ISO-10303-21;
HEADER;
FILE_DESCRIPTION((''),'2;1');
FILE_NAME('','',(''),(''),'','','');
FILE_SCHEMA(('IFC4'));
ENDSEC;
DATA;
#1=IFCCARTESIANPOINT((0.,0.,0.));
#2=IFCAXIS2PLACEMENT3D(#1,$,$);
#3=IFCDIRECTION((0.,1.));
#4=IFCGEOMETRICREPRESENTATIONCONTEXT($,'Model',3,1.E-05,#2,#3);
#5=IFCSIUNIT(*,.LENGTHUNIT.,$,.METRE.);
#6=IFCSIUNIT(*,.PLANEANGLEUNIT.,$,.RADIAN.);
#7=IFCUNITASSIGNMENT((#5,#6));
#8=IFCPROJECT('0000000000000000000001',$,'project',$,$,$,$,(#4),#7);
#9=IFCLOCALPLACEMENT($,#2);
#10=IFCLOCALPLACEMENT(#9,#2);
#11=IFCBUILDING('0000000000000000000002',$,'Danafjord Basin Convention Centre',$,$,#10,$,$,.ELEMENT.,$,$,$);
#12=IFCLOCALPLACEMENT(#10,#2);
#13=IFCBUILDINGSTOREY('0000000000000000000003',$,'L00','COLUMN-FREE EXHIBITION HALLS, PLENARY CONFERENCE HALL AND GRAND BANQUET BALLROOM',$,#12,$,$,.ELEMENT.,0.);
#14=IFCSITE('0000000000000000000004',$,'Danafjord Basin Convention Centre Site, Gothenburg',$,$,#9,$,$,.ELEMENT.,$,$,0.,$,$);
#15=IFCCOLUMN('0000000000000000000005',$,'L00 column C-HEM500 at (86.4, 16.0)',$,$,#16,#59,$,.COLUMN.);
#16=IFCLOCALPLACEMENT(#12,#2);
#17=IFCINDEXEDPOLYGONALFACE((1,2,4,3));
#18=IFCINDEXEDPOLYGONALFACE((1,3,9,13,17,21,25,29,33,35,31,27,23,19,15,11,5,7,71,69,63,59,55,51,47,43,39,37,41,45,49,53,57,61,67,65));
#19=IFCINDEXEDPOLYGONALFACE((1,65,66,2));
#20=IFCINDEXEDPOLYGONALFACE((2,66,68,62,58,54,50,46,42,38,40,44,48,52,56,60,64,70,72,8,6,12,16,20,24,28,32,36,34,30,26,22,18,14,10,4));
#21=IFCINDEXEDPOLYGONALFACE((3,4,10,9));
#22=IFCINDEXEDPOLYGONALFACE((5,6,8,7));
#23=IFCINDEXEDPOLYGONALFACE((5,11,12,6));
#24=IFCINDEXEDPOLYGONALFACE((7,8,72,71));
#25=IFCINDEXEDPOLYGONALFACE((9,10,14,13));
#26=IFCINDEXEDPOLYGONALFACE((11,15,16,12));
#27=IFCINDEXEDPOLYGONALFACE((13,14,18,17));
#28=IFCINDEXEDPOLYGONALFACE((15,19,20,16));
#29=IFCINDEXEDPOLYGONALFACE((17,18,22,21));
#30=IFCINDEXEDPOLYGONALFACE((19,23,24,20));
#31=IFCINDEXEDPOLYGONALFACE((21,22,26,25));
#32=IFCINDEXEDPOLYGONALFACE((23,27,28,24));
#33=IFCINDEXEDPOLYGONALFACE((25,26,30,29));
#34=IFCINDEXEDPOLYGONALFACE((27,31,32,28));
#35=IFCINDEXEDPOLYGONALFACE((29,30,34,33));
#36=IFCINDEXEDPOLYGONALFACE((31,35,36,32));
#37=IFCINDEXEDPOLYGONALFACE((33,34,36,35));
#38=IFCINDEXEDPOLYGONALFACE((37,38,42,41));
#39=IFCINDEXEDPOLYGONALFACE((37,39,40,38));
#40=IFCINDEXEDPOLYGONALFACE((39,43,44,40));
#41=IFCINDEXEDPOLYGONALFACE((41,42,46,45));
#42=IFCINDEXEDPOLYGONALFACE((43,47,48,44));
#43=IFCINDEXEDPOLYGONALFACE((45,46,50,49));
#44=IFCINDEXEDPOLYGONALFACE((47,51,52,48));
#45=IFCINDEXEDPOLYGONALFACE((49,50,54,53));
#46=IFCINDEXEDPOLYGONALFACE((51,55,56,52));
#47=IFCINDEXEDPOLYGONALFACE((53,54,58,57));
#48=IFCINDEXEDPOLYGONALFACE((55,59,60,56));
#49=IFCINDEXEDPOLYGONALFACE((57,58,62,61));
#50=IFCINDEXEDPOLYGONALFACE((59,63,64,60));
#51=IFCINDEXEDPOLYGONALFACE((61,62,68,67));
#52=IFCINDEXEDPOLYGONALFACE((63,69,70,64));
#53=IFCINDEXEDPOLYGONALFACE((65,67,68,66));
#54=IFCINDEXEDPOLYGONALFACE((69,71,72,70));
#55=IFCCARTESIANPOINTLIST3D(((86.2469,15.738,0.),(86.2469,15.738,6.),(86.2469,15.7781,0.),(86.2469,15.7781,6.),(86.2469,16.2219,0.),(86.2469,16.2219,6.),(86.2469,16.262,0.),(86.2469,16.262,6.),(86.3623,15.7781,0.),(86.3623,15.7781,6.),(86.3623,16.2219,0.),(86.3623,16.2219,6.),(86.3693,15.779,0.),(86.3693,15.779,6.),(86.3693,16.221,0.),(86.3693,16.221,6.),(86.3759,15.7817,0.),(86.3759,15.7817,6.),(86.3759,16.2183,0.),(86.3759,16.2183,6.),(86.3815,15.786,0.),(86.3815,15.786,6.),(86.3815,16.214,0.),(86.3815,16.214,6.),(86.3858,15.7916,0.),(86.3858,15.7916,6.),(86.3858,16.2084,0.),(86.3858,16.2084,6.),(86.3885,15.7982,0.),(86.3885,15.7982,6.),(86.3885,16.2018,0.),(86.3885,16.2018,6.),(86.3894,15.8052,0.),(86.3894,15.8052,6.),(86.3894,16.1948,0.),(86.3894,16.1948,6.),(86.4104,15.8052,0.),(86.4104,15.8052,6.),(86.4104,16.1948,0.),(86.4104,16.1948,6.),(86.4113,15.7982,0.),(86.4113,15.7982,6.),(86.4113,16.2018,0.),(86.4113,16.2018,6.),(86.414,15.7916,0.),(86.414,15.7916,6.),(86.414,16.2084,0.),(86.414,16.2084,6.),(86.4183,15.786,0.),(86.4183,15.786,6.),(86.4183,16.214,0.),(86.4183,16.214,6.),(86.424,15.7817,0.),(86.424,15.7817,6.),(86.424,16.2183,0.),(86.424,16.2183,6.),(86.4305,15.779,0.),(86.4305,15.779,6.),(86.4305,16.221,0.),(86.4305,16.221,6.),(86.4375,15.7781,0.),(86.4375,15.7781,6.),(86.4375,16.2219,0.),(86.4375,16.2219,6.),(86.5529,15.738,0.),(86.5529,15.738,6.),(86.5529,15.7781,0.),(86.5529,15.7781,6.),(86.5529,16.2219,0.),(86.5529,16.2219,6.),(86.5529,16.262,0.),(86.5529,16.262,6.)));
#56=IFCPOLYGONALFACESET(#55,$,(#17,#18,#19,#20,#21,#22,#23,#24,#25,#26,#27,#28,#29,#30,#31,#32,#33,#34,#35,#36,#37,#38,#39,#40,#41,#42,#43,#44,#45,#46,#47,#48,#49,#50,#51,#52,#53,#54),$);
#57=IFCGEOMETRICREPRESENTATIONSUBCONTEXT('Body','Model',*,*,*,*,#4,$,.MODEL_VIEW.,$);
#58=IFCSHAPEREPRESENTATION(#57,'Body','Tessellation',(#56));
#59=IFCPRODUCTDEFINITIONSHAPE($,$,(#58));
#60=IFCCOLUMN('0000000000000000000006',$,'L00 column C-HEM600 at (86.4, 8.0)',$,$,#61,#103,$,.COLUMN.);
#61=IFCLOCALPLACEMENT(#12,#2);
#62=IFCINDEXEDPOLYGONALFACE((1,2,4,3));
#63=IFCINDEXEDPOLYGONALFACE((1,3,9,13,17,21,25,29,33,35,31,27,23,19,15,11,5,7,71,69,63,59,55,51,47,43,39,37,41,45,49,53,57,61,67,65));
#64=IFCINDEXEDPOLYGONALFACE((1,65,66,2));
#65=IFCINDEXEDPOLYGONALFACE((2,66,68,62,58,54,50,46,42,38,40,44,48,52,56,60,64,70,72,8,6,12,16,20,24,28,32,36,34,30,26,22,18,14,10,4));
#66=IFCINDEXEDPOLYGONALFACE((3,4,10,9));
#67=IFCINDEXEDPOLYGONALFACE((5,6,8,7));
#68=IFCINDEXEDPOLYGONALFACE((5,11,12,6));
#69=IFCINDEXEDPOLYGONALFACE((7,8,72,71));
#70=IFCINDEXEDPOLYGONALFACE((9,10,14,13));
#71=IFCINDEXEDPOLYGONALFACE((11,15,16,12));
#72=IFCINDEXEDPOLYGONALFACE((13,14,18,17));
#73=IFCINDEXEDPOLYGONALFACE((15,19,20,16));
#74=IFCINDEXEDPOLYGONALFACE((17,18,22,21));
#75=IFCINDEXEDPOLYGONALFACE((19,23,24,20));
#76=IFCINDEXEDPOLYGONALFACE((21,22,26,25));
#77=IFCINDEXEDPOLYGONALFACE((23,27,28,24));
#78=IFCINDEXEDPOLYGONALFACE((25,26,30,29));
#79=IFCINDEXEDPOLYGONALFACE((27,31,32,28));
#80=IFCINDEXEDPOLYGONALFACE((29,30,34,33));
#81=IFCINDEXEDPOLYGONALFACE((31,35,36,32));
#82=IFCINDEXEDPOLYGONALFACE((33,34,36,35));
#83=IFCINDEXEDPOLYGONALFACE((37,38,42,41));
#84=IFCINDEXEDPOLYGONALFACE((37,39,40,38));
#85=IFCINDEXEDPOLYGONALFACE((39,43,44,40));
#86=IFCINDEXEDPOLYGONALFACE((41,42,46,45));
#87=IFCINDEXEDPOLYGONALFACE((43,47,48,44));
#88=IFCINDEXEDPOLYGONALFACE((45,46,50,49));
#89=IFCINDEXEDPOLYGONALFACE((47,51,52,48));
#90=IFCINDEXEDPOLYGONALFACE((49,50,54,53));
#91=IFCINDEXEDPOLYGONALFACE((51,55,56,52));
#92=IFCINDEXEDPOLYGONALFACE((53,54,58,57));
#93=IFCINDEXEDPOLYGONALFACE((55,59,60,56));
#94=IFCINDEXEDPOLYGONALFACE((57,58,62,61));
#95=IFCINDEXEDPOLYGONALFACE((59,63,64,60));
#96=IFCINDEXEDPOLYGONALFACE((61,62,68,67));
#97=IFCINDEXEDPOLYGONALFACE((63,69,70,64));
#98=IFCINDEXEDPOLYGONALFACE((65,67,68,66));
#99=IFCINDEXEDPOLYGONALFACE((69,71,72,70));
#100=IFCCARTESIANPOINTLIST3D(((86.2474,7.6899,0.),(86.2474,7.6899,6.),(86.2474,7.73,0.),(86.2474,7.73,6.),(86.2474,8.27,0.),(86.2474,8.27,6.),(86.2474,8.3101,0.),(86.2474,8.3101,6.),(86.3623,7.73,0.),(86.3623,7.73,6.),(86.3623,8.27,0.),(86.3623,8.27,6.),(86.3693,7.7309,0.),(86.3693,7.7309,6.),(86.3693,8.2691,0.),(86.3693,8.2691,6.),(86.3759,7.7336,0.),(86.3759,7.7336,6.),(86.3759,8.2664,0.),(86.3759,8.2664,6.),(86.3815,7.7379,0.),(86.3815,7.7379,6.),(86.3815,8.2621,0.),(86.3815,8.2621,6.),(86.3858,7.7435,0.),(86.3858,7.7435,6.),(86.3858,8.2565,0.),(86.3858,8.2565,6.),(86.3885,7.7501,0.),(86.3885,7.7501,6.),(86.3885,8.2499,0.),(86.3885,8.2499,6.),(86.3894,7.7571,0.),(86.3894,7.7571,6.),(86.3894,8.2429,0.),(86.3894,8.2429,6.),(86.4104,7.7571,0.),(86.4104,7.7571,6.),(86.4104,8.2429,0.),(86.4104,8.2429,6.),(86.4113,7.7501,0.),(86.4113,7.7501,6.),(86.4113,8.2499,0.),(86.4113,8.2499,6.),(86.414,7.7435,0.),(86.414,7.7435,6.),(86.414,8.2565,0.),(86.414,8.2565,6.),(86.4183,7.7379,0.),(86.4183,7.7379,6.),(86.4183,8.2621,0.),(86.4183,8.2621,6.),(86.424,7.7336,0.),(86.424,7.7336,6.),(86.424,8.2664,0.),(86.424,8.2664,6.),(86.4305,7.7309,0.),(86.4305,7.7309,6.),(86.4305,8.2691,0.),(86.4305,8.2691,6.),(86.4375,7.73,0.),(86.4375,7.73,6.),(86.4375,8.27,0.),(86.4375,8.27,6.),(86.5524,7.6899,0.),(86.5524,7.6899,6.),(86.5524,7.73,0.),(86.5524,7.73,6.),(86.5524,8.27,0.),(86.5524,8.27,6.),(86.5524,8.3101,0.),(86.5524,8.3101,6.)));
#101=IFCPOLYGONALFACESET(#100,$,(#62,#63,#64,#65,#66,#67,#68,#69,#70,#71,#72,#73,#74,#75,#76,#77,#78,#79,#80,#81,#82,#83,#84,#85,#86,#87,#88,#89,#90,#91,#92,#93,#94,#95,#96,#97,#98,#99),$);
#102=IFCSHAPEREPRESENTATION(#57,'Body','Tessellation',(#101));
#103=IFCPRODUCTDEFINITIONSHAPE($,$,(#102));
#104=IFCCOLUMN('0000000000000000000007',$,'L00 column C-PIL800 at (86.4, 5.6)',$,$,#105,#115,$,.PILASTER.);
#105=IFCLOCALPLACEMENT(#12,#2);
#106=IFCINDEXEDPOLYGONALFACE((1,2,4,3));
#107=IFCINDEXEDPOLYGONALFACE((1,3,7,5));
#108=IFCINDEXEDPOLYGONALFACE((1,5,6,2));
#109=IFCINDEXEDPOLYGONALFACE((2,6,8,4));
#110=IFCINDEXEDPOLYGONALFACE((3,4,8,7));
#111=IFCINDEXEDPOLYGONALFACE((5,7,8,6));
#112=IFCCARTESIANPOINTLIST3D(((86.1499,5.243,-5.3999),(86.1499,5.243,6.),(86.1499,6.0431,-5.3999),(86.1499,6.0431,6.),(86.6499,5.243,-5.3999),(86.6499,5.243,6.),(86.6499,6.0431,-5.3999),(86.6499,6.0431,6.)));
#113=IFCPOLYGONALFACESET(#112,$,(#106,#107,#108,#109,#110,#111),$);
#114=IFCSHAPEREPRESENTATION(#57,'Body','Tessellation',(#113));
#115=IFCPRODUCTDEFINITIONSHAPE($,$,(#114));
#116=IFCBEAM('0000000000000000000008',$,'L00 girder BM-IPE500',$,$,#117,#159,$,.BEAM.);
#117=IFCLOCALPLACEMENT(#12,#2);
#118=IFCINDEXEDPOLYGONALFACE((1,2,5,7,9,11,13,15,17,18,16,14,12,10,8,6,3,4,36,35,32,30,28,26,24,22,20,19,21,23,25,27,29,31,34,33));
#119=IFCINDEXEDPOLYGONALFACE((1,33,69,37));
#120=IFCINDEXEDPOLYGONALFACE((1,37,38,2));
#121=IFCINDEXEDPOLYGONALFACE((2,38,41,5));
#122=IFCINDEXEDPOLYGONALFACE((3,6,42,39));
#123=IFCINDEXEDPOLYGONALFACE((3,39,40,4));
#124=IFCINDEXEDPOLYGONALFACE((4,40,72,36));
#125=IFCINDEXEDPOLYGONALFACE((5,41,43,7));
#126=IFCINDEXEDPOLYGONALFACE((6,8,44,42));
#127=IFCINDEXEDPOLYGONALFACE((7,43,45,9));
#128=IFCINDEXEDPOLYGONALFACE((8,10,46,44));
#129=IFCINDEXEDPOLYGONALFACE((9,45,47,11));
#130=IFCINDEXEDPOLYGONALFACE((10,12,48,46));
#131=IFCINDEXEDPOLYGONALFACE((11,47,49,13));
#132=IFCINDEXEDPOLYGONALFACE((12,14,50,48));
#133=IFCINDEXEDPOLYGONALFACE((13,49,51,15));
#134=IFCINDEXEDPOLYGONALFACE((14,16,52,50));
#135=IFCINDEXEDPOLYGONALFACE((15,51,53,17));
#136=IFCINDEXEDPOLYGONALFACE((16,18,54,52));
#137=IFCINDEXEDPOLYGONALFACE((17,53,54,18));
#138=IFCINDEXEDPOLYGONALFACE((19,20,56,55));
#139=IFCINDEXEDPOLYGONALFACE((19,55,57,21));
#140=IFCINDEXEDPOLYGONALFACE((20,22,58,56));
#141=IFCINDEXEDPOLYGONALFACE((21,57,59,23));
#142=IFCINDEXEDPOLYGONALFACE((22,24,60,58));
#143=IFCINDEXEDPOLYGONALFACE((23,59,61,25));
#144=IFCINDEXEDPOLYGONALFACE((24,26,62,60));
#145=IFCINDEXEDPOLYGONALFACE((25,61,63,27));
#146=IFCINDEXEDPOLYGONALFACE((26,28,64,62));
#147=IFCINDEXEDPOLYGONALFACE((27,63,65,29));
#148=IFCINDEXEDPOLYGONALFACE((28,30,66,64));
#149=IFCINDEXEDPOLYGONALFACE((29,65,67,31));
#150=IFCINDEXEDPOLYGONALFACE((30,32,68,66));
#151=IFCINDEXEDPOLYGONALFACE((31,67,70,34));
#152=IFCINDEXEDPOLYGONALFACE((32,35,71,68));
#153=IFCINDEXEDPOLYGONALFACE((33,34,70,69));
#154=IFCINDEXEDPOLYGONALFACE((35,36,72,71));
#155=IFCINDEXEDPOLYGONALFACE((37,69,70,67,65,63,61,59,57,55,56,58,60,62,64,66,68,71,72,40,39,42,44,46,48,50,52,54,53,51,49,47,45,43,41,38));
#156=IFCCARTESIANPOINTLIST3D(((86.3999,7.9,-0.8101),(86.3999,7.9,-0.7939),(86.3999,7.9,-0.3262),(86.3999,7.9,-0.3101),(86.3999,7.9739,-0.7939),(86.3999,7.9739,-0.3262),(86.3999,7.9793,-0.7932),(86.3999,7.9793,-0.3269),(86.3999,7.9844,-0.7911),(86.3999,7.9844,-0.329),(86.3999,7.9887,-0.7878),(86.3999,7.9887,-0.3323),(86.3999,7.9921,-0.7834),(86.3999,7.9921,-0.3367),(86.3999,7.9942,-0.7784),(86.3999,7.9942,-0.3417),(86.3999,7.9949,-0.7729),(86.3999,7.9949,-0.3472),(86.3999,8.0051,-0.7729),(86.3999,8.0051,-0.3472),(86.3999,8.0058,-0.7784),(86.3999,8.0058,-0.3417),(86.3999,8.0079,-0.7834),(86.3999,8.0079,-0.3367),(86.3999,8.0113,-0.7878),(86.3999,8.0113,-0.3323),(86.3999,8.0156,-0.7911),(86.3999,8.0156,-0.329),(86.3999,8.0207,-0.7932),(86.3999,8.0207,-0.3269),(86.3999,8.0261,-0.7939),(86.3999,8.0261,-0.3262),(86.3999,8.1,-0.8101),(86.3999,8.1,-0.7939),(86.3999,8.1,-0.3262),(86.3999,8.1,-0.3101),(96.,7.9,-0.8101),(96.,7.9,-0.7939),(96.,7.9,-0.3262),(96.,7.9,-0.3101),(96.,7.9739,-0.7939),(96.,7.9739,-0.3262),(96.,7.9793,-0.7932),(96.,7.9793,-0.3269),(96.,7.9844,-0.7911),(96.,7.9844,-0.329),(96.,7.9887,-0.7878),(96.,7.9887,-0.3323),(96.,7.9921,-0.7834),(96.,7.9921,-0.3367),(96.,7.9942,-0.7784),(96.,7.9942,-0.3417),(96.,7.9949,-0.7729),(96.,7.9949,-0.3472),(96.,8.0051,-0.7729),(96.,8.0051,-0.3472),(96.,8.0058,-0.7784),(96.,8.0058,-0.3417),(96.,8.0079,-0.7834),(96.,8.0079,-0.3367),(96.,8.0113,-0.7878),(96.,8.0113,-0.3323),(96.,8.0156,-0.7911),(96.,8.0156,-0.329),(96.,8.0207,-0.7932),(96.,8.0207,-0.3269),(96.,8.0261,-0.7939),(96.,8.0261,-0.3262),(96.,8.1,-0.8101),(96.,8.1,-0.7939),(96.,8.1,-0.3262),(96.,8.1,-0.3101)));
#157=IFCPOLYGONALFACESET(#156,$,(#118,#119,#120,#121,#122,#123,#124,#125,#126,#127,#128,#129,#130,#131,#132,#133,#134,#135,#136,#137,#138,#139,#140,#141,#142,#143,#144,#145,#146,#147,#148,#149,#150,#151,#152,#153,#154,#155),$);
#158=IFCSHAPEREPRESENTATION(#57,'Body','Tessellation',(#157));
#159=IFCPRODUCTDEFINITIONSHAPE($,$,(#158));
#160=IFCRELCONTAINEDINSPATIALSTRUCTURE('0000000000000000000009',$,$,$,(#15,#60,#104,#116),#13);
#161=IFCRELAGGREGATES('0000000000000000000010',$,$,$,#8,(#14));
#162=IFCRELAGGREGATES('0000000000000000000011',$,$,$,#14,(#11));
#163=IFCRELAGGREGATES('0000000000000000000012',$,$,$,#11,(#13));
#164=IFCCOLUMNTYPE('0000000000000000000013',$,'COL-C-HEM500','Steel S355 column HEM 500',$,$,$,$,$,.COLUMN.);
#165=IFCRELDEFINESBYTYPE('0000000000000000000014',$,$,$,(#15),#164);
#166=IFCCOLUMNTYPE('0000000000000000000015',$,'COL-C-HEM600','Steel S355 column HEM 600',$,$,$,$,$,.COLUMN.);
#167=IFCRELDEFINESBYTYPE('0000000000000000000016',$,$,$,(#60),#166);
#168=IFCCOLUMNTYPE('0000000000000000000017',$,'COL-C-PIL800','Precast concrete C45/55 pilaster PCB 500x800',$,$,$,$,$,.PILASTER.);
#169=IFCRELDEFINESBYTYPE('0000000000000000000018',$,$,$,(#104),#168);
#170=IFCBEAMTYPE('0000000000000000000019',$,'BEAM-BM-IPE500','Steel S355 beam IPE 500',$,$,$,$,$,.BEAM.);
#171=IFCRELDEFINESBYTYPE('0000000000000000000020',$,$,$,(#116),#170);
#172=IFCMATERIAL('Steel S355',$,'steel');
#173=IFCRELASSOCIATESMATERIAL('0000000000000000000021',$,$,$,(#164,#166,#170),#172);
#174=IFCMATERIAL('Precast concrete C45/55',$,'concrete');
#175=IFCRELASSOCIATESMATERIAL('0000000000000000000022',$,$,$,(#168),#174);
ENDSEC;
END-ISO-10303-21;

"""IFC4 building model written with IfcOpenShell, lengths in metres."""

from ifc_helpers import new_model, si_unit, direction, frame, origin, origin_2d, place, context, subcontext, project, spatial, rectangle, i_section, extrude, material, material_profile, profile_set, type_object, element, save


model = new_model("IFC4")

# Units and contexts
model_context = context("Model", 3, precision=1e-05, world=origin(), true_north=direction((0.0, 1.0)))
body_context = subcontext(model_context, "Body", "Model", "MODEL_VIEW")
ifc_project = project(units=[si_unit("LENGTHUNIT", "METRE"), si_unit("PLANEANGLEUNIT", "RADIAN")], contexts=[model_context])

# Site, building, storey
site_placement = place(None, origin())
site = spatial("IfcSite", under=ifc_project, at=site_placement, Name="Danafjord Basin Convention Centre Site, Gothenburg", CompositionType="ELEMENT", RefElevation=0.0)
building_placement = place(site_placement, origin())
building = spatial("IfcBuilding", under=site, at=building_placement, Name="Danafjord Basin Convention Centre", CompositionType="ELEMENT")
storey_placement = place(building_placement, origin())
storey = spatial("IfcBuildingStorey", under=building, at=storey_placement, Name="L00", Description="COLUMN-FREE EXHIBITION HALLS, PLENARY CONFERENCE HALL AND GRAND BANQUET BALLROOM", CompositionType="ELEMENT", Elevation=0.0)

# Columns
ifc_material_1 = material(Name="Steel S355", Category="steel")
ifc_material_profile_1 = material_profile(ifc_material_1, i_section(OverallWidth=0.3059, OverallDepth=0.5239, WebThickness=0.021, FlangeThickness=0.04, FilletRadius=0.0271, at=origin_2d()), Name="HEM 500")
ifc_profile_set_1 = profile_set([ifc_material_profile_1], Name="Steel S355")
column_type_1 = type_object("IfcColumnType", Name="COL-C-HEM500", Description="Steel S355 column HEM 500", PredefinedType="COLUMN", material=ifc_profile_set_1)
column_1_placement = place(storey_placement, frame((86.3999, 16.0, 0.0), z_axis=(0.0, 0.0, 1.0), x_axis=(1.0, 0.0, 0.0)))
element("IfcColumn", 1, at=column_1_placement, inside=storey, type_object=column_type_1, Name="L00 column C-HEM500 at (86.4, 16.0)", PredefinedType="COLUMN", context=body_context, shape_type="SweptSolid", body=[
    extrude(i_section(OverallWidth=0.3059, OverallDepth=0.5239, WebThickness=0.021, FlangeThickness=0.04, FilletRadius=0.0271, at=origin_2d()), origin(), (0.0, 0.0, 1.0), 6.0),
])
ifc_material_profile_2 = material_profile(ifc_material_1, i_section(OverallWidth=0.3049, OverallDepth=0.6201, WebThickness=0.021, FlangeThickness=0.04, FilletRadius=0.0271, at=origin_2d()), Name="HEM 600")
ifc_profile_set_2 = profile_set([ifc_material_profile_2], Name="Steel S355")
column_type_2 = type_object("IfcColumnType", Name="COL-C-HEM600", Description="Steel S355 column HEM 600", PredefinedType="COLUMN", material=ifc_profile_set_2)
column_2_placement = place(storey_placement, frame((86.3999, 8.0, 0.0), z_axis=(0.0, 0.0, 1.0), x_axis=(1.0, 0.0, 0.0)))
element("IfcColumn", 2, at=column_2_placement, inside=storey, type_object=column_type_2, Name="L00 column C-HEM600 at (86.4, 8.0)", PredefinedType="COLUMN", context=body_context, shape_type="SweptSolid", body=[
    extrude(i_section(OverallWidth=0.3049, OverallDepth=0.6201, WebThickness=0.021, FlangeThickness=0.04, FilletRadius=0.0271, at=origin_2d()), origin(), (0.0, 0.0, 1.0), 6.0),
])
ifc_material_2 = material(Name="Precast concrete C45/55", Category="concrete")
ifc_material_profile_3 = material_profile(ifc_material_2, rectangle(XDim=0.5, YDim=0.8, at=origin_2d()), Name="PCB 500x800")
ifc_profile_set_3 = profile_set([ifc_material_profile_3], Name="Precast concrete C45/55")
column_type_3 = type_object("IfcColumnType", Name="COL-C-PIL800", Description="Precast concrete C45/55 pilaster PCB 500x800", PredefinedType="PILASTER", material=ifc_profile_set_3)
column_3_placement = place(storey_placement, frame((86.3999, 5.6431, -5.3999), z_axis=(0.0, 0.0, 1.0), x_axis=(1.0, 0.0, 0.0)))
element("IfcColumn", 3, at=column_3_placement, inside=storey, type_object=column_type_3, Name="L00 column C-PIL800 at (86.4, 5.6)", PredefinedType="PILASTER", context=body_context, shape_type="SweptSolid", body=[
    extrude(rectangle(XDim=0.5, YDim=0.8, at=origin_2d()), origin(), (0.0, 0.0, 1.0), 11.3999),
])

# Beam
ifc_material_profile_4 = material_profile(ifc_material_1, i_section(OverallWidth=0.2, OverallDepth=0.5, WebThickness=0.0103, FlangeThickness=0.0161, FilletRadius=0.021, at=origin_2d()), Name="IPE 500")
ifc_profile_set_4 = profile_set([ifc_material_profile_4], Name="Steel S355")
beam_type_1 = type_object("IfcBeamType", Name="BEAM-BM-IPE500", Description="Steel S355 beam IPE 500", PredefinedType="BEAM", material=ifc_profile_set_4)
beam_1_placement = place(storey_placement, frame((86.3999, 8.0, -0.5601), z_axis=(1.0, 0.0, 0.0), x_axis=(0.0, 1.0, 0.0)))
element("IfcBeam", 4, at=beam_1_placement, inside=storey, type_object=beam_type_1, Name="L00 girder BM-IPE500", PredefinedType="BEAM", context=body_context, shape_type="SweptSolid", body=[
    extrude(i_section(OverallWidth=0.2, OverallDepth=0.5, WebThickness=0.0103, FlangeThickness=0.0161, FilletRadius=0.021, at=origin_2d()), origin(), (0.0, 0.0, 1.0), 9.6001),
])

save(model, "model.ifc")
